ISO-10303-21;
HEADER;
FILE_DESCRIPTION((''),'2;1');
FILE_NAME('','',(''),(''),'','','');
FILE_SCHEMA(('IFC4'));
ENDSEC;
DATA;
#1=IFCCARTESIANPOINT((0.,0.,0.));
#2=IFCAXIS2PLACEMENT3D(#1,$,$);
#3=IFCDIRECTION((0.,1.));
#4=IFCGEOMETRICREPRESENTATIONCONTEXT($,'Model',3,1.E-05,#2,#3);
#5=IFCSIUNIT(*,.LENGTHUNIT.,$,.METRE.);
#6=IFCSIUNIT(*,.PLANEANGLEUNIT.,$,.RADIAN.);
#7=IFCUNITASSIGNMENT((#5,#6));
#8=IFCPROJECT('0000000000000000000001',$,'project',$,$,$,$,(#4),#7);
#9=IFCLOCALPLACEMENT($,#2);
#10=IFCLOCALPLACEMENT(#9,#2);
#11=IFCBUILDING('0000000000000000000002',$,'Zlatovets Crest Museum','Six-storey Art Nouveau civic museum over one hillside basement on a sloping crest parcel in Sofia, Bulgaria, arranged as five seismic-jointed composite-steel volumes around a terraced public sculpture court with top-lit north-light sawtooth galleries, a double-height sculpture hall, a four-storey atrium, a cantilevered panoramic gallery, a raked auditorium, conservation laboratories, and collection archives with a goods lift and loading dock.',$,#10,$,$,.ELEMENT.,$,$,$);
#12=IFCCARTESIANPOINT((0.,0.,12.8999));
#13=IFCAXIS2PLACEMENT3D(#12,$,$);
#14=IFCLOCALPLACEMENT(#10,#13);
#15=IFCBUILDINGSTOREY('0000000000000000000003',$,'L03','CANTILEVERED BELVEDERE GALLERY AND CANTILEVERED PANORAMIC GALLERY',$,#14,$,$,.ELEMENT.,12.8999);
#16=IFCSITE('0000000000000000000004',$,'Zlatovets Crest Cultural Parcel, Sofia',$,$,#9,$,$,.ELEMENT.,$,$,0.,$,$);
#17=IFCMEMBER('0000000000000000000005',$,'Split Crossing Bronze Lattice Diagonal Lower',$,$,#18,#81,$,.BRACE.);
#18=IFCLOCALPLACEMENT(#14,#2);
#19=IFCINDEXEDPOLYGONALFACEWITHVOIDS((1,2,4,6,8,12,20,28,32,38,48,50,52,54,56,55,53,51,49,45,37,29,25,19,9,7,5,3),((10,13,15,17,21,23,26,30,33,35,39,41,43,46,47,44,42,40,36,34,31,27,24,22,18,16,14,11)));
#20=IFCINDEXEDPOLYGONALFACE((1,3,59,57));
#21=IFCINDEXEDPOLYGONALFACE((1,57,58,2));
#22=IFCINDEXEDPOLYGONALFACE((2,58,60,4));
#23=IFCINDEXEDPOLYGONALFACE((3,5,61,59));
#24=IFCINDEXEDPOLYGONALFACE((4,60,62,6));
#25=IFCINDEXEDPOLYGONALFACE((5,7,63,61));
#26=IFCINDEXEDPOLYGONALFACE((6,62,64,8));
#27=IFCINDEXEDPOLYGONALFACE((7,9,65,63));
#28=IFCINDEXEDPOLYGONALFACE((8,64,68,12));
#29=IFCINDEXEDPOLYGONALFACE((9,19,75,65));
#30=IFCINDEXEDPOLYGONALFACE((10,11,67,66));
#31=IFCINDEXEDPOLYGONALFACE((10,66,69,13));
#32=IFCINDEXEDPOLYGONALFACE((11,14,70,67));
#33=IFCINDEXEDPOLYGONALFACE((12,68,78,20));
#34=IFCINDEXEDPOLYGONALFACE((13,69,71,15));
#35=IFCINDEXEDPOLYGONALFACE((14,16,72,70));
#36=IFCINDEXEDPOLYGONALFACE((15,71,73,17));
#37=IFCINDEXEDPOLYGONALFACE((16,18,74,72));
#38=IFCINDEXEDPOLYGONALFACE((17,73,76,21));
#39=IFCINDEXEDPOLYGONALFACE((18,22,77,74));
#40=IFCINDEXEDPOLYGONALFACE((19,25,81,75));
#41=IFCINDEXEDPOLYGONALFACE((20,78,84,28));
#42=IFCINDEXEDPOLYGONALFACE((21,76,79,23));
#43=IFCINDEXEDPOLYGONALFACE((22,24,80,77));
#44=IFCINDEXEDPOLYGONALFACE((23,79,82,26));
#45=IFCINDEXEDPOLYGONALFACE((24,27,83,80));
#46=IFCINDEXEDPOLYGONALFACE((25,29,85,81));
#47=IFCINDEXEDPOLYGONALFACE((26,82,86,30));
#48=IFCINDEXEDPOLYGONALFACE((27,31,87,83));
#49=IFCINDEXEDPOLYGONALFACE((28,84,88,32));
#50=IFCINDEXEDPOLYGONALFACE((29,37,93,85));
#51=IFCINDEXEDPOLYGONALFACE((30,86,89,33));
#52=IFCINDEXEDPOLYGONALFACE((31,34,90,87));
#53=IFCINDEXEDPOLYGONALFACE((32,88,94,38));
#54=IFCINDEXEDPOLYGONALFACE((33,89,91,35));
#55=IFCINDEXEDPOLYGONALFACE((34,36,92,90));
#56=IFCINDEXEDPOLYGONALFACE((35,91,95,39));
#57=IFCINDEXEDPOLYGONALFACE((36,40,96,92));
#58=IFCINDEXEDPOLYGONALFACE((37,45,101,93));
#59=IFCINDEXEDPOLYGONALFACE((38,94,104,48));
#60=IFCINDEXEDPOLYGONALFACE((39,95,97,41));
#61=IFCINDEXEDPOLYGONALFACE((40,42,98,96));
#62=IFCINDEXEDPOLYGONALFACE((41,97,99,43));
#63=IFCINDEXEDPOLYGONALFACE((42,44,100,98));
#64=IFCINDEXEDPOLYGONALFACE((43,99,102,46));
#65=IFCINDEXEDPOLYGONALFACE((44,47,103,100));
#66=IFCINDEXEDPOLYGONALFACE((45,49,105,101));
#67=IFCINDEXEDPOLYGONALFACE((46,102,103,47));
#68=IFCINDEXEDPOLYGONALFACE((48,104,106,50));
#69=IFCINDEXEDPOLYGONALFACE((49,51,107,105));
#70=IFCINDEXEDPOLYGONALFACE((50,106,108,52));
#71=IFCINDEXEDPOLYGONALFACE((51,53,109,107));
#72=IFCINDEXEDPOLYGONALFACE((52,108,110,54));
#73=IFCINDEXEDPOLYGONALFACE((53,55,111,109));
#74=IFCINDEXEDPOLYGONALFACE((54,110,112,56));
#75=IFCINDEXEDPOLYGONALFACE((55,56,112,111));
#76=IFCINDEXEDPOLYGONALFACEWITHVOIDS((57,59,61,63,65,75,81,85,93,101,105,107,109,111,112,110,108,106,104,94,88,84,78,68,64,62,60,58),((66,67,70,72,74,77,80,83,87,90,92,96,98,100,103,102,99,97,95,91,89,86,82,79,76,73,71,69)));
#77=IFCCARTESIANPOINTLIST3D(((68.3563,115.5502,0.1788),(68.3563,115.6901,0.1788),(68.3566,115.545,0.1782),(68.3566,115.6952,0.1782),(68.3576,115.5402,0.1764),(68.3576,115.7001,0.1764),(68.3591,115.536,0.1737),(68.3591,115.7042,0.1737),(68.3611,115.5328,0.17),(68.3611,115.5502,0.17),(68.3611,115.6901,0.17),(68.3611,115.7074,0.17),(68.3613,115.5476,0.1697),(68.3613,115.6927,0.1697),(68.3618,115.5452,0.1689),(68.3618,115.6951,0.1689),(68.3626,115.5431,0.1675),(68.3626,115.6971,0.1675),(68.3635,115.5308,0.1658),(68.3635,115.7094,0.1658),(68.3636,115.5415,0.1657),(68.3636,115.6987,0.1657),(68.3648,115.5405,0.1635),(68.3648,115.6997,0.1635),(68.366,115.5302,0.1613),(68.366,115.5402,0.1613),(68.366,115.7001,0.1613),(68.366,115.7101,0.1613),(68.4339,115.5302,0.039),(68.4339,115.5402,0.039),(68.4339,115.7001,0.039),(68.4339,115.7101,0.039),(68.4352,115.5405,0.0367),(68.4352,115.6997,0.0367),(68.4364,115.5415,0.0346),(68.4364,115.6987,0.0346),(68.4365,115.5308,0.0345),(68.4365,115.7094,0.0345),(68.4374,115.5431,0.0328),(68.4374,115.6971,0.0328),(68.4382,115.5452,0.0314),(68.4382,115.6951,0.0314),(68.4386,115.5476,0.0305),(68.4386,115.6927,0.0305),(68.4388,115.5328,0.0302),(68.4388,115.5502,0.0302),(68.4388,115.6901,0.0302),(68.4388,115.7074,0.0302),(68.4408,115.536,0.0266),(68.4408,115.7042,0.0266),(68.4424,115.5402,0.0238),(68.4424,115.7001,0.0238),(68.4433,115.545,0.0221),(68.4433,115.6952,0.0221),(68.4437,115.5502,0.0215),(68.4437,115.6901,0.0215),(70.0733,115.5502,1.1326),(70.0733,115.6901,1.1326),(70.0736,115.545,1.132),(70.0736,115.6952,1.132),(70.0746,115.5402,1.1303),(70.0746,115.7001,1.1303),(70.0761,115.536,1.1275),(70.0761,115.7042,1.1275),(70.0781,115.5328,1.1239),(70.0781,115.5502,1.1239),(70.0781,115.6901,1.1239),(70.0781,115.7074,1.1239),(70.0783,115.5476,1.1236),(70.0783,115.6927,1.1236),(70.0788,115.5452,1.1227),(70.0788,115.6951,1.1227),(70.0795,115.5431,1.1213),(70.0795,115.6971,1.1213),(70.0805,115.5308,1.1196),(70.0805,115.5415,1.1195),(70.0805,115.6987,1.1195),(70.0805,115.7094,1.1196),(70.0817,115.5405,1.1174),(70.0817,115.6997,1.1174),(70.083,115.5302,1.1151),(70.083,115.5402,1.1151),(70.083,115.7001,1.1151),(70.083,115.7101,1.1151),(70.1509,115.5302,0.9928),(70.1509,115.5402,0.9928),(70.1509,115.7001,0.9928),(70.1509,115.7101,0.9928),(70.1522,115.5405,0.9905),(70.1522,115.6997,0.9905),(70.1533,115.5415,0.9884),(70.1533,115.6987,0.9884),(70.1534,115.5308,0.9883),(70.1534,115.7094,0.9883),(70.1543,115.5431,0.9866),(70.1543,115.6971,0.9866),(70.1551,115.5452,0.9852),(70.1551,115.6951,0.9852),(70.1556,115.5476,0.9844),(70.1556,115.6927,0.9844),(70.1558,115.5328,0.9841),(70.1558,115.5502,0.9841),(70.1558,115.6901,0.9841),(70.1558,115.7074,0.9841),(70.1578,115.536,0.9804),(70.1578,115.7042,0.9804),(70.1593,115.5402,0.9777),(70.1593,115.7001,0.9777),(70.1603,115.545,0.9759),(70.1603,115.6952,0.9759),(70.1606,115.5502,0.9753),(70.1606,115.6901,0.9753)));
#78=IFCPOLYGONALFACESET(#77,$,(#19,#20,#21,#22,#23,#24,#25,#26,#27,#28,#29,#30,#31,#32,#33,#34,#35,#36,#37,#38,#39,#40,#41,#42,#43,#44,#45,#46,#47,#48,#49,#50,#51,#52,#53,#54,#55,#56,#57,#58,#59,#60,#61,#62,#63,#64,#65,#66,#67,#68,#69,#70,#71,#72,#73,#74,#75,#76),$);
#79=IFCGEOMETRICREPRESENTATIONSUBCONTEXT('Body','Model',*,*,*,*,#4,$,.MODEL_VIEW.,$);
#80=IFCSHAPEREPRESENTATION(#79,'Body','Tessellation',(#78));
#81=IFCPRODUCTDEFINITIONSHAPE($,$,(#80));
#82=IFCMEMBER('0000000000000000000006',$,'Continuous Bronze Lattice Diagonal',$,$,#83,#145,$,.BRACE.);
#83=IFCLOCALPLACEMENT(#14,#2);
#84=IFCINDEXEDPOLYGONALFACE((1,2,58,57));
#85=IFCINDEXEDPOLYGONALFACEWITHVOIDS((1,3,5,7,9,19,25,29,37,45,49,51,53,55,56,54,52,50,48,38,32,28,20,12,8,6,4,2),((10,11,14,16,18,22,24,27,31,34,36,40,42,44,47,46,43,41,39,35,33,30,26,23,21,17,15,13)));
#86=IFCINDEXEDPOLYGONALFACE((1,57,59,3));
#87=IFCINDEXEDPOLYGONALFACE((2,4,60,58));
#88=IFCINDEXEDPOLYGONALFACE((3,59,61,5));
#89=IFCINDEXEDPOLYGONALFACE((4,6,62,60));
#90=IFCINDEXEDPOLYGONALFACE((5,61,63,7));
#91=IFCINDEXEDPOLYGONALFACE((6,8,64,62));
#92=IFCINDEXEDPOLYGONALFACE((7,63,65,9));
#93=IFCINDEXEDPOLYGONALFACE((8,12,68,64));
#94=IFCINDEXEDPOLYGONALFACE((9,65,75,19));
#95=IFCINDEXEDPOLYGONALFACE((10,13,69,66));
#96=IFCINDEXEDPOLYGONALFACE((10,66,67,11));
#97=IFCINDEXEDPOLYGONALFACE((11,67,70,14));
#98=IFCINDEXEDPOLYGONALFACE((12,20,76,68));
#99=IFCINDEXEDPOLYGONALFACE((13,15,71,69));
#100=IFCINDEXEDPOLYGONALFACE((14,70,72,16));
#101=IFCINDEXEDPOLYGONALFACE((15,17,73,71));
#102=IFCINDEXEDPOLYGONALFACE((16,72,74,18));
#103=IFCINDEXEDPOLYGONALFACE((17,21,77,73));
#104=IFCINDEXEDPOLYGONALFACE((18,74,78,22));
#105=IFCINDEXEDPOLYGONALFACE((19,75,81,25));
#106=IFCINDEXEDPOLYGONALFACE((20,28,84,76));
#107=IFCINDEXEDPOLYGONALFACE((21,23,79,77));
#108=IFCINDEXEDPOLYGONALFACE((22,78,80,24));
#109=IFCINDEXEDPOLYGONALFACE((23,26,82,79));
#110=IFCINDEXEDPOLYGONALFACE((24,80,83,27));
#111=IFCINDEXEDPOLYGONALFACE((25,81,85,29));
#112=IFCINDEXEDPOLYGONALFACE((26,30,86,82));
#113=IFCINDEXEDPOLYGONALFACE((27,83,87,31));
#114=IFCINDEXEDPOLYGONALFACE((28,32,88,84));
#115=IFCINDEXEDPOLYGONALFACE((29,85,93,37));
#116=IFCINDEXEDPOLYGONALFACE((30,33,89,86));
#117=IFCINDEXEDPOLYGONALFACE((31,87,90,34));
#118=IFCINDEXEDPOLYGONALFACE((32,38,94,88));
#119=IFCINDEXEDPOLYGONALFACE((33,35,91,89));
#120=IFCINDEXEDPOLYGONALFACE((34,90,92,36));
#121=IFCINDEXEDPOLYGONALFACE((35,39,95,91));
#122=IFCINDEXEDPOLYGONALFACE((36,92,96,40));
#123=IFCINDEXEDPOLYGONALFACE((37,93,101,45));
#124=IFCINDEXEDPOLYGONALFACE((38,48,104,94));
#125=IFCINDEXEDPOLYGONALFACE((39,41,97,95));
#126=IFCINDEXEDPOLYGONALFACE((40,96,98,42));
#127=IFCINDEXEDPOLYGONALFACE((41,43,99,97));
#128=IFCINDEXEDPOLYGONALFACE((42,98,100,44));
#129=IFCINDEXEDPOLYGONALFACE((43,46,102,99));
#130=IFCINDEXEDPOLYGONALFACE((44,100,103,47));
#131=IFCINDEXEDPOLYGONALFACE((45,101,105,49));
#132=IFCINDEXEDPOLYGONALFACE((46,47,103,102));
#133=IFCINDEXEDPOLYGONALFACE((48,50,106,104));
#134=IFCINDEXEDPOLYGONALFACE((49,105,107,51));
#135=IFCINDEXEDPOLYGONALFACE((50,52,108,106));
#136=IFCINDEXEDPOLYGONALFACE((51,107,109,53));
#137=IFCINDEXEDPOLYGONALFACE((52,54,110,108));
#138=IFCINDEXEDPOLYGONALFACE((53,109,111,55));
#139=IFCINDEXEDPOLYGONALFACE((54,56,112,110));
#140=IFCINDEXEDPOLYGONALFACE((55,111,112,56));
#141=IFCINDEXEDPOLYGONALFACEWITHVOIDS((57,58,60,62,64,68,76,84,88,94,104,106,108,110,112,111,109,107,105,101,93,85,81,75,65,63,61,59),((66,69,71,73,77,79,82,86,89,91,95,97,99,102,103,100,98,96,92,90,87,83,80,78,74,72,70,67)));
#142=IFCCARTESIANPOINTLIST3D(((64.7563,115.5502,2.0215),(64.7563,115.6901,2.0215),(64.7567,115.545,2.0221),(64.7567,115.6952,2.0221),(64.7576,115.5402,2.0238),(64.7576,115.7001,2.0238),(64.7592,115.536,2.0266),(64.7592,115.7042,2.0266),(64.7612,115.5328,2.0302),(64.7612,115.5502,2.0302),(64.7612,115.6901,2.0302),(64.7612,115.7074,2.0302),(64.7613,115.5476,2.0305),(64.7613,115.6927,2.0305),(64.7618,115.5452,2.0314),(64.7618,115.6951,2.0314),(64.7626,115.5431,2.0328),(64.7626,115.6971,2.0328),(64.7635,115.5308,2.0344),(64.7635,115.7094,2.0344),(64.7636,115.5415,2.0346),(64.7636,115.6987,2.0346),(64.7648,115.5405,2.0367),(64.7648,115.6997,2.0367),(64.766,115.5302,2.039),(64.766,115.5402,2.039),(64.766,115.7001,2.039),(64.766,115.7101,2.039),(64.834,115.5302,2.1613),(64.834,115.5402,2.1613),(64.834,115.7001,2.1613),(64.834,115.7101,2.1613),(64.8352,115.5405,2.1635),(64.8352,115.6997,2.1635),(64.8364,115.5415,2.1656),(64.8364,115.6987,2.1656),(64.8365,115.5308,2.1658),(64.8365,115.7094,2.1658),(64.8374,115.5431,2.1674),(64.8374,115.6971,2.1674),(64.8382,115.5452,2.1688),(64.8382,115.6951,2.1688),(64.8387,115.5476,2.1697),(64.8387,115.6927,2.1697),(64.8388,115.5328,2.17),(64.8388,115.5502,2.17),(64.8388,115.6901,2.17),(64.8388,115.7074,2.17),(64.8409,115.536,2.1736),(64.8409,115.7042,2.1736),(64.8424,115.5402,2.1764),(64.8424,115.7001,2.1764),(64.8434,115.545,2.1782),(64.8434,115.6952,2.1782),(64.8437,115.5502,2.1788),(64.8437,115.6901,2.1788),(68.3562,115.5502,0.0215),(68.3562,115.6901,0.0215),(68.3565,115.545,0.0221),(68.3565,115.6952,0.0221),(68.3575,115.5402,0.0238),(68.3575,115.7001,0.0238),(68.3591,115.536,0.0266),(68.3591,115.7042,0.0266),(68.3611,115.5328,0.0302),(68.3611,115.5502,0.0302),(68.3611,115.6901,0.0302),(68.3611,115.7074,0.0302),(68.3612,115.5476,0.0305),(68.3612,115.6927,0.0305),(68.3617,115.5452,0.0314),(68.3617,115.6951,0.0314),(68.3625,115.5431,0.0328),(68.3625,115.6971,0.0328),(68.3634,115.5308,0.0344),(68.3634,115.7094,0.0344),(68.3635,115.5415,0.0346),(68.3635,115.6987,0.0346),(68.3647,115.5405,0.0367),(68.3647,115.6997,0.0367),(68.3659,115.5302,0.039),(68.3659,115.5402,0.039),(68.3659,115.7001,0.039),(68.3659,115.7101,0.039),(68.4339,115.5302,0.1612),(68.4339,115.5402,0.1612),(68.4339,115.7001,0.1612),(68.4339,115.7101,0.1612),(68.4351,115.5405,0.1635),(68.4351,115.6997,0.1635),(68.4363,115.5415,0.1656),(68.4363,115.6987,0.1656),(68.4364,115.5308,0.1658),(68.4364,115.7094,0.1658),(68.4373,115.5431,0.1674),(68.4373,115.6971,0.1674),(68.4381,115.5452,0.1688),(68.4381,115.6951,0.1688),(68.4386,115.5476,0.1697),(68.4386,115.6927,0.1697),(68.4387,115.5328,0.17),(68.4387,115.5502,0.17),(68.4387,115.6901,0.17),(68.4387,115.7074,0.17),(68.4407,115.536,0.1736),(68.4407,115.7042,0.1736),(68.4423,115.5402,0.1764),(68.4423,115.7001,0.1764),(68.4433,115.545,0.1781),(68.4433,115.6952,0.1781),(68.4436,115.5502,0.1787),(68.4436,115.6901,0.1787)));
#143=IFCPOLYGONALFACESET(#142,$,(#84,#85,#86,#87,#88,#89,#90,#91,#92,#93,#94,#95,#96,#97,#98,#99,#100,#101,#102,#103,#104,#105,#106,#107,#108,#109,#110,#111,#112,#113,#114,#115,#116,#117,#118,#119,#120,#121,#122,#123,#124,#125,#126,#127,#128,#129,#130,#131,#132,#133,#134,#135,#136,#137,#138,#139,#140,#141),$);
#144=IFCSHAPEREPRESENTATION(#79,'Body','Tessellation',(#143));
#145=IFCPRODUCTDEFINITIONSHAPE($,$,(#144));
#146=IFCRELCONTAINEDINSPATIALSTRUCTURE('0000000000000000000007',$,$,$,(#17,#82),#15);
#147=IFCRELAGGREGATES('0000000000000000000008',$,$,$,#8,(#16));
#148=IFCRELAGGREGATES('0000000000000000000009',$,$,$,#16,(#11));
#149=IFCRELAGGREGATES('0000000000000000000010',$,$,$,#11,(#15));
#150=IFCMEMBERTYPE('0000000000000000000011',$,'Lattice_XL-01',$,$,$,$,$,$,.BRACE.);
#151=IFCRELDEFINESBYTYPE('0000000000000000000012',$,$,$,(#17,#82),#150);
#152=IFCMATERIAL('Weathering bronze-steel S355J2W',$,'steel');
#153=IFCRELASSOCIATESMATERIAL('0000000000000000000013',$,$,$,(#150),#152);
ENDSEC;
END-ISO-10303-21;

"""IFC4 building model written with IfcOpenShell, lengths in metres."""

from ifc_helpers import new_model, si_unit, direction, frame, origin, origin_2d, place, context, subcontext, project, spatial, hollow_rectangle, extrude, material, material_profile, profile_set, type_object, element, save


model = new_model("IFC4")

# Units and contexts
model_context = context("Model", 3, precision=1e-05, world=origin(), true_north=direction((0.0, 1.0)))
body_context = subcontext(model_context, "Body", "Model", "MODEL_VIEW")
ifc_project = project(units=[si_unit("LENGTHUNIT", "METRE"), si_unit("PLANEANGLEUNIT", "RADIAN")], contexts=[model_context])

# Site, building, storey
site_placement = place(None, origin())
site = spatial("IfcSite", under=ifc_project, at=site_placement, Name="Zlatovets Crest Cultural Parcel, Sofia", CompositionType="ELEMENT", RefElevation=0.0)
building_placement = place(site_placement, origin())
building = spatial("IfcBuilding", under=site, at=building_placement, Name="Zlatovets Crest Museum", Description="Six-storey Art Nouveau civic museum over one hillside basement on a sloping crest parcel in Sofia, Bulgaria, arranged as five seismic-jointed composite-steel volumes around a terraced public sculpture court with top-lit north-light sawtooth galleries, a double-height sculpture hall, a four-storey atrium, a cantilevered panoramic gallery, a raked auditorium, conservation laboratories, and collection archives with a goods lift and loading dock.", CompositionType="ELEMENT")
storey_placement = place(building_placement, frame((0.0, 0.0, 12.8999)))
storey = spatial("IfcBuildingStorey", under=building, at=storey_placement, Name="L03", Description="CANTILEVERED BELVEDERE GALLERY AND CANTILEVERED PANORAMIC GALLERY", CompositionType="ELEMENT", Elevation=12.8999)

# Members
ifc_material_1 = material(Name="Weathering bronze-steel S355J2W", Category="steel")
ifc_material_profile_1 = material_profile(ifc_material_1, hollow_rectangle(XDim=0.1799, YDim=0.1799, WallThickness=0.01, InnerFilletRadius=0.01, OuterFilletRadius=0.02, at=origin_2d()), Name="SHS 180x180x10.0")
ifc_profile_set_1 = profile_set([ifc_material_profile_1], Name="Weathering bronze-steel S355J2W")
member_type_1 = type_object("IfcMemberType", Name="Lattice_XL-01", PredefinedType="BRACE", material=ifc_profile_set_1)
member_1_placement = place(storey_placement, frame((70.1169, 115.6201, 1.054), z_axis=(-0.874169, 0.0, -0.485622), x_axis=(0.0, -1.0, 0.0)))
element("IfcMember", 1, at=member_1_placement, inside=storey, type_object=member_type_1, Name="Split Crossing Bronze Lattice Diagonal Lower", PredefinedType="BRACE", context=body_context, shape_type="SweptSolid", body=[
    extrude(hollow_rectangle(XDim=0.1799, YDim=0.1799, WallThickness=0.01, InnerFilletRadius=0.01, OuterFilletRadius=0.02, at=origin_2d()), origin(), (0.0, 0.0, 1.0), 1.9641),
])
member_2_placement = place(storey_placement, frame((68.3999, 115.6201, 0.1001), z_axis=(-0.874149, 0.0, 0.485658), x_axis=(0.0, -1.0, 0.0)))
element("IfcMember", 2, at=member_2_placement, inside=storey, type_object=member_type_1, Name="Continuous Bronze Lattice Diagonal", PredefinedType="BRACE", context=body_context, shape_type="SweptSolid", body=[
    extrude(hollow_rectangle(XDim=0.1799, YDim=0.1799, WallThickness=0.01, InnerFilletRadius=0.01, OuterFilletRadius=0.02, at=origin_2d()), origin(), (0.0, 0.0, 1.0), 4.1182),
])

save(model, "model.ifc")
